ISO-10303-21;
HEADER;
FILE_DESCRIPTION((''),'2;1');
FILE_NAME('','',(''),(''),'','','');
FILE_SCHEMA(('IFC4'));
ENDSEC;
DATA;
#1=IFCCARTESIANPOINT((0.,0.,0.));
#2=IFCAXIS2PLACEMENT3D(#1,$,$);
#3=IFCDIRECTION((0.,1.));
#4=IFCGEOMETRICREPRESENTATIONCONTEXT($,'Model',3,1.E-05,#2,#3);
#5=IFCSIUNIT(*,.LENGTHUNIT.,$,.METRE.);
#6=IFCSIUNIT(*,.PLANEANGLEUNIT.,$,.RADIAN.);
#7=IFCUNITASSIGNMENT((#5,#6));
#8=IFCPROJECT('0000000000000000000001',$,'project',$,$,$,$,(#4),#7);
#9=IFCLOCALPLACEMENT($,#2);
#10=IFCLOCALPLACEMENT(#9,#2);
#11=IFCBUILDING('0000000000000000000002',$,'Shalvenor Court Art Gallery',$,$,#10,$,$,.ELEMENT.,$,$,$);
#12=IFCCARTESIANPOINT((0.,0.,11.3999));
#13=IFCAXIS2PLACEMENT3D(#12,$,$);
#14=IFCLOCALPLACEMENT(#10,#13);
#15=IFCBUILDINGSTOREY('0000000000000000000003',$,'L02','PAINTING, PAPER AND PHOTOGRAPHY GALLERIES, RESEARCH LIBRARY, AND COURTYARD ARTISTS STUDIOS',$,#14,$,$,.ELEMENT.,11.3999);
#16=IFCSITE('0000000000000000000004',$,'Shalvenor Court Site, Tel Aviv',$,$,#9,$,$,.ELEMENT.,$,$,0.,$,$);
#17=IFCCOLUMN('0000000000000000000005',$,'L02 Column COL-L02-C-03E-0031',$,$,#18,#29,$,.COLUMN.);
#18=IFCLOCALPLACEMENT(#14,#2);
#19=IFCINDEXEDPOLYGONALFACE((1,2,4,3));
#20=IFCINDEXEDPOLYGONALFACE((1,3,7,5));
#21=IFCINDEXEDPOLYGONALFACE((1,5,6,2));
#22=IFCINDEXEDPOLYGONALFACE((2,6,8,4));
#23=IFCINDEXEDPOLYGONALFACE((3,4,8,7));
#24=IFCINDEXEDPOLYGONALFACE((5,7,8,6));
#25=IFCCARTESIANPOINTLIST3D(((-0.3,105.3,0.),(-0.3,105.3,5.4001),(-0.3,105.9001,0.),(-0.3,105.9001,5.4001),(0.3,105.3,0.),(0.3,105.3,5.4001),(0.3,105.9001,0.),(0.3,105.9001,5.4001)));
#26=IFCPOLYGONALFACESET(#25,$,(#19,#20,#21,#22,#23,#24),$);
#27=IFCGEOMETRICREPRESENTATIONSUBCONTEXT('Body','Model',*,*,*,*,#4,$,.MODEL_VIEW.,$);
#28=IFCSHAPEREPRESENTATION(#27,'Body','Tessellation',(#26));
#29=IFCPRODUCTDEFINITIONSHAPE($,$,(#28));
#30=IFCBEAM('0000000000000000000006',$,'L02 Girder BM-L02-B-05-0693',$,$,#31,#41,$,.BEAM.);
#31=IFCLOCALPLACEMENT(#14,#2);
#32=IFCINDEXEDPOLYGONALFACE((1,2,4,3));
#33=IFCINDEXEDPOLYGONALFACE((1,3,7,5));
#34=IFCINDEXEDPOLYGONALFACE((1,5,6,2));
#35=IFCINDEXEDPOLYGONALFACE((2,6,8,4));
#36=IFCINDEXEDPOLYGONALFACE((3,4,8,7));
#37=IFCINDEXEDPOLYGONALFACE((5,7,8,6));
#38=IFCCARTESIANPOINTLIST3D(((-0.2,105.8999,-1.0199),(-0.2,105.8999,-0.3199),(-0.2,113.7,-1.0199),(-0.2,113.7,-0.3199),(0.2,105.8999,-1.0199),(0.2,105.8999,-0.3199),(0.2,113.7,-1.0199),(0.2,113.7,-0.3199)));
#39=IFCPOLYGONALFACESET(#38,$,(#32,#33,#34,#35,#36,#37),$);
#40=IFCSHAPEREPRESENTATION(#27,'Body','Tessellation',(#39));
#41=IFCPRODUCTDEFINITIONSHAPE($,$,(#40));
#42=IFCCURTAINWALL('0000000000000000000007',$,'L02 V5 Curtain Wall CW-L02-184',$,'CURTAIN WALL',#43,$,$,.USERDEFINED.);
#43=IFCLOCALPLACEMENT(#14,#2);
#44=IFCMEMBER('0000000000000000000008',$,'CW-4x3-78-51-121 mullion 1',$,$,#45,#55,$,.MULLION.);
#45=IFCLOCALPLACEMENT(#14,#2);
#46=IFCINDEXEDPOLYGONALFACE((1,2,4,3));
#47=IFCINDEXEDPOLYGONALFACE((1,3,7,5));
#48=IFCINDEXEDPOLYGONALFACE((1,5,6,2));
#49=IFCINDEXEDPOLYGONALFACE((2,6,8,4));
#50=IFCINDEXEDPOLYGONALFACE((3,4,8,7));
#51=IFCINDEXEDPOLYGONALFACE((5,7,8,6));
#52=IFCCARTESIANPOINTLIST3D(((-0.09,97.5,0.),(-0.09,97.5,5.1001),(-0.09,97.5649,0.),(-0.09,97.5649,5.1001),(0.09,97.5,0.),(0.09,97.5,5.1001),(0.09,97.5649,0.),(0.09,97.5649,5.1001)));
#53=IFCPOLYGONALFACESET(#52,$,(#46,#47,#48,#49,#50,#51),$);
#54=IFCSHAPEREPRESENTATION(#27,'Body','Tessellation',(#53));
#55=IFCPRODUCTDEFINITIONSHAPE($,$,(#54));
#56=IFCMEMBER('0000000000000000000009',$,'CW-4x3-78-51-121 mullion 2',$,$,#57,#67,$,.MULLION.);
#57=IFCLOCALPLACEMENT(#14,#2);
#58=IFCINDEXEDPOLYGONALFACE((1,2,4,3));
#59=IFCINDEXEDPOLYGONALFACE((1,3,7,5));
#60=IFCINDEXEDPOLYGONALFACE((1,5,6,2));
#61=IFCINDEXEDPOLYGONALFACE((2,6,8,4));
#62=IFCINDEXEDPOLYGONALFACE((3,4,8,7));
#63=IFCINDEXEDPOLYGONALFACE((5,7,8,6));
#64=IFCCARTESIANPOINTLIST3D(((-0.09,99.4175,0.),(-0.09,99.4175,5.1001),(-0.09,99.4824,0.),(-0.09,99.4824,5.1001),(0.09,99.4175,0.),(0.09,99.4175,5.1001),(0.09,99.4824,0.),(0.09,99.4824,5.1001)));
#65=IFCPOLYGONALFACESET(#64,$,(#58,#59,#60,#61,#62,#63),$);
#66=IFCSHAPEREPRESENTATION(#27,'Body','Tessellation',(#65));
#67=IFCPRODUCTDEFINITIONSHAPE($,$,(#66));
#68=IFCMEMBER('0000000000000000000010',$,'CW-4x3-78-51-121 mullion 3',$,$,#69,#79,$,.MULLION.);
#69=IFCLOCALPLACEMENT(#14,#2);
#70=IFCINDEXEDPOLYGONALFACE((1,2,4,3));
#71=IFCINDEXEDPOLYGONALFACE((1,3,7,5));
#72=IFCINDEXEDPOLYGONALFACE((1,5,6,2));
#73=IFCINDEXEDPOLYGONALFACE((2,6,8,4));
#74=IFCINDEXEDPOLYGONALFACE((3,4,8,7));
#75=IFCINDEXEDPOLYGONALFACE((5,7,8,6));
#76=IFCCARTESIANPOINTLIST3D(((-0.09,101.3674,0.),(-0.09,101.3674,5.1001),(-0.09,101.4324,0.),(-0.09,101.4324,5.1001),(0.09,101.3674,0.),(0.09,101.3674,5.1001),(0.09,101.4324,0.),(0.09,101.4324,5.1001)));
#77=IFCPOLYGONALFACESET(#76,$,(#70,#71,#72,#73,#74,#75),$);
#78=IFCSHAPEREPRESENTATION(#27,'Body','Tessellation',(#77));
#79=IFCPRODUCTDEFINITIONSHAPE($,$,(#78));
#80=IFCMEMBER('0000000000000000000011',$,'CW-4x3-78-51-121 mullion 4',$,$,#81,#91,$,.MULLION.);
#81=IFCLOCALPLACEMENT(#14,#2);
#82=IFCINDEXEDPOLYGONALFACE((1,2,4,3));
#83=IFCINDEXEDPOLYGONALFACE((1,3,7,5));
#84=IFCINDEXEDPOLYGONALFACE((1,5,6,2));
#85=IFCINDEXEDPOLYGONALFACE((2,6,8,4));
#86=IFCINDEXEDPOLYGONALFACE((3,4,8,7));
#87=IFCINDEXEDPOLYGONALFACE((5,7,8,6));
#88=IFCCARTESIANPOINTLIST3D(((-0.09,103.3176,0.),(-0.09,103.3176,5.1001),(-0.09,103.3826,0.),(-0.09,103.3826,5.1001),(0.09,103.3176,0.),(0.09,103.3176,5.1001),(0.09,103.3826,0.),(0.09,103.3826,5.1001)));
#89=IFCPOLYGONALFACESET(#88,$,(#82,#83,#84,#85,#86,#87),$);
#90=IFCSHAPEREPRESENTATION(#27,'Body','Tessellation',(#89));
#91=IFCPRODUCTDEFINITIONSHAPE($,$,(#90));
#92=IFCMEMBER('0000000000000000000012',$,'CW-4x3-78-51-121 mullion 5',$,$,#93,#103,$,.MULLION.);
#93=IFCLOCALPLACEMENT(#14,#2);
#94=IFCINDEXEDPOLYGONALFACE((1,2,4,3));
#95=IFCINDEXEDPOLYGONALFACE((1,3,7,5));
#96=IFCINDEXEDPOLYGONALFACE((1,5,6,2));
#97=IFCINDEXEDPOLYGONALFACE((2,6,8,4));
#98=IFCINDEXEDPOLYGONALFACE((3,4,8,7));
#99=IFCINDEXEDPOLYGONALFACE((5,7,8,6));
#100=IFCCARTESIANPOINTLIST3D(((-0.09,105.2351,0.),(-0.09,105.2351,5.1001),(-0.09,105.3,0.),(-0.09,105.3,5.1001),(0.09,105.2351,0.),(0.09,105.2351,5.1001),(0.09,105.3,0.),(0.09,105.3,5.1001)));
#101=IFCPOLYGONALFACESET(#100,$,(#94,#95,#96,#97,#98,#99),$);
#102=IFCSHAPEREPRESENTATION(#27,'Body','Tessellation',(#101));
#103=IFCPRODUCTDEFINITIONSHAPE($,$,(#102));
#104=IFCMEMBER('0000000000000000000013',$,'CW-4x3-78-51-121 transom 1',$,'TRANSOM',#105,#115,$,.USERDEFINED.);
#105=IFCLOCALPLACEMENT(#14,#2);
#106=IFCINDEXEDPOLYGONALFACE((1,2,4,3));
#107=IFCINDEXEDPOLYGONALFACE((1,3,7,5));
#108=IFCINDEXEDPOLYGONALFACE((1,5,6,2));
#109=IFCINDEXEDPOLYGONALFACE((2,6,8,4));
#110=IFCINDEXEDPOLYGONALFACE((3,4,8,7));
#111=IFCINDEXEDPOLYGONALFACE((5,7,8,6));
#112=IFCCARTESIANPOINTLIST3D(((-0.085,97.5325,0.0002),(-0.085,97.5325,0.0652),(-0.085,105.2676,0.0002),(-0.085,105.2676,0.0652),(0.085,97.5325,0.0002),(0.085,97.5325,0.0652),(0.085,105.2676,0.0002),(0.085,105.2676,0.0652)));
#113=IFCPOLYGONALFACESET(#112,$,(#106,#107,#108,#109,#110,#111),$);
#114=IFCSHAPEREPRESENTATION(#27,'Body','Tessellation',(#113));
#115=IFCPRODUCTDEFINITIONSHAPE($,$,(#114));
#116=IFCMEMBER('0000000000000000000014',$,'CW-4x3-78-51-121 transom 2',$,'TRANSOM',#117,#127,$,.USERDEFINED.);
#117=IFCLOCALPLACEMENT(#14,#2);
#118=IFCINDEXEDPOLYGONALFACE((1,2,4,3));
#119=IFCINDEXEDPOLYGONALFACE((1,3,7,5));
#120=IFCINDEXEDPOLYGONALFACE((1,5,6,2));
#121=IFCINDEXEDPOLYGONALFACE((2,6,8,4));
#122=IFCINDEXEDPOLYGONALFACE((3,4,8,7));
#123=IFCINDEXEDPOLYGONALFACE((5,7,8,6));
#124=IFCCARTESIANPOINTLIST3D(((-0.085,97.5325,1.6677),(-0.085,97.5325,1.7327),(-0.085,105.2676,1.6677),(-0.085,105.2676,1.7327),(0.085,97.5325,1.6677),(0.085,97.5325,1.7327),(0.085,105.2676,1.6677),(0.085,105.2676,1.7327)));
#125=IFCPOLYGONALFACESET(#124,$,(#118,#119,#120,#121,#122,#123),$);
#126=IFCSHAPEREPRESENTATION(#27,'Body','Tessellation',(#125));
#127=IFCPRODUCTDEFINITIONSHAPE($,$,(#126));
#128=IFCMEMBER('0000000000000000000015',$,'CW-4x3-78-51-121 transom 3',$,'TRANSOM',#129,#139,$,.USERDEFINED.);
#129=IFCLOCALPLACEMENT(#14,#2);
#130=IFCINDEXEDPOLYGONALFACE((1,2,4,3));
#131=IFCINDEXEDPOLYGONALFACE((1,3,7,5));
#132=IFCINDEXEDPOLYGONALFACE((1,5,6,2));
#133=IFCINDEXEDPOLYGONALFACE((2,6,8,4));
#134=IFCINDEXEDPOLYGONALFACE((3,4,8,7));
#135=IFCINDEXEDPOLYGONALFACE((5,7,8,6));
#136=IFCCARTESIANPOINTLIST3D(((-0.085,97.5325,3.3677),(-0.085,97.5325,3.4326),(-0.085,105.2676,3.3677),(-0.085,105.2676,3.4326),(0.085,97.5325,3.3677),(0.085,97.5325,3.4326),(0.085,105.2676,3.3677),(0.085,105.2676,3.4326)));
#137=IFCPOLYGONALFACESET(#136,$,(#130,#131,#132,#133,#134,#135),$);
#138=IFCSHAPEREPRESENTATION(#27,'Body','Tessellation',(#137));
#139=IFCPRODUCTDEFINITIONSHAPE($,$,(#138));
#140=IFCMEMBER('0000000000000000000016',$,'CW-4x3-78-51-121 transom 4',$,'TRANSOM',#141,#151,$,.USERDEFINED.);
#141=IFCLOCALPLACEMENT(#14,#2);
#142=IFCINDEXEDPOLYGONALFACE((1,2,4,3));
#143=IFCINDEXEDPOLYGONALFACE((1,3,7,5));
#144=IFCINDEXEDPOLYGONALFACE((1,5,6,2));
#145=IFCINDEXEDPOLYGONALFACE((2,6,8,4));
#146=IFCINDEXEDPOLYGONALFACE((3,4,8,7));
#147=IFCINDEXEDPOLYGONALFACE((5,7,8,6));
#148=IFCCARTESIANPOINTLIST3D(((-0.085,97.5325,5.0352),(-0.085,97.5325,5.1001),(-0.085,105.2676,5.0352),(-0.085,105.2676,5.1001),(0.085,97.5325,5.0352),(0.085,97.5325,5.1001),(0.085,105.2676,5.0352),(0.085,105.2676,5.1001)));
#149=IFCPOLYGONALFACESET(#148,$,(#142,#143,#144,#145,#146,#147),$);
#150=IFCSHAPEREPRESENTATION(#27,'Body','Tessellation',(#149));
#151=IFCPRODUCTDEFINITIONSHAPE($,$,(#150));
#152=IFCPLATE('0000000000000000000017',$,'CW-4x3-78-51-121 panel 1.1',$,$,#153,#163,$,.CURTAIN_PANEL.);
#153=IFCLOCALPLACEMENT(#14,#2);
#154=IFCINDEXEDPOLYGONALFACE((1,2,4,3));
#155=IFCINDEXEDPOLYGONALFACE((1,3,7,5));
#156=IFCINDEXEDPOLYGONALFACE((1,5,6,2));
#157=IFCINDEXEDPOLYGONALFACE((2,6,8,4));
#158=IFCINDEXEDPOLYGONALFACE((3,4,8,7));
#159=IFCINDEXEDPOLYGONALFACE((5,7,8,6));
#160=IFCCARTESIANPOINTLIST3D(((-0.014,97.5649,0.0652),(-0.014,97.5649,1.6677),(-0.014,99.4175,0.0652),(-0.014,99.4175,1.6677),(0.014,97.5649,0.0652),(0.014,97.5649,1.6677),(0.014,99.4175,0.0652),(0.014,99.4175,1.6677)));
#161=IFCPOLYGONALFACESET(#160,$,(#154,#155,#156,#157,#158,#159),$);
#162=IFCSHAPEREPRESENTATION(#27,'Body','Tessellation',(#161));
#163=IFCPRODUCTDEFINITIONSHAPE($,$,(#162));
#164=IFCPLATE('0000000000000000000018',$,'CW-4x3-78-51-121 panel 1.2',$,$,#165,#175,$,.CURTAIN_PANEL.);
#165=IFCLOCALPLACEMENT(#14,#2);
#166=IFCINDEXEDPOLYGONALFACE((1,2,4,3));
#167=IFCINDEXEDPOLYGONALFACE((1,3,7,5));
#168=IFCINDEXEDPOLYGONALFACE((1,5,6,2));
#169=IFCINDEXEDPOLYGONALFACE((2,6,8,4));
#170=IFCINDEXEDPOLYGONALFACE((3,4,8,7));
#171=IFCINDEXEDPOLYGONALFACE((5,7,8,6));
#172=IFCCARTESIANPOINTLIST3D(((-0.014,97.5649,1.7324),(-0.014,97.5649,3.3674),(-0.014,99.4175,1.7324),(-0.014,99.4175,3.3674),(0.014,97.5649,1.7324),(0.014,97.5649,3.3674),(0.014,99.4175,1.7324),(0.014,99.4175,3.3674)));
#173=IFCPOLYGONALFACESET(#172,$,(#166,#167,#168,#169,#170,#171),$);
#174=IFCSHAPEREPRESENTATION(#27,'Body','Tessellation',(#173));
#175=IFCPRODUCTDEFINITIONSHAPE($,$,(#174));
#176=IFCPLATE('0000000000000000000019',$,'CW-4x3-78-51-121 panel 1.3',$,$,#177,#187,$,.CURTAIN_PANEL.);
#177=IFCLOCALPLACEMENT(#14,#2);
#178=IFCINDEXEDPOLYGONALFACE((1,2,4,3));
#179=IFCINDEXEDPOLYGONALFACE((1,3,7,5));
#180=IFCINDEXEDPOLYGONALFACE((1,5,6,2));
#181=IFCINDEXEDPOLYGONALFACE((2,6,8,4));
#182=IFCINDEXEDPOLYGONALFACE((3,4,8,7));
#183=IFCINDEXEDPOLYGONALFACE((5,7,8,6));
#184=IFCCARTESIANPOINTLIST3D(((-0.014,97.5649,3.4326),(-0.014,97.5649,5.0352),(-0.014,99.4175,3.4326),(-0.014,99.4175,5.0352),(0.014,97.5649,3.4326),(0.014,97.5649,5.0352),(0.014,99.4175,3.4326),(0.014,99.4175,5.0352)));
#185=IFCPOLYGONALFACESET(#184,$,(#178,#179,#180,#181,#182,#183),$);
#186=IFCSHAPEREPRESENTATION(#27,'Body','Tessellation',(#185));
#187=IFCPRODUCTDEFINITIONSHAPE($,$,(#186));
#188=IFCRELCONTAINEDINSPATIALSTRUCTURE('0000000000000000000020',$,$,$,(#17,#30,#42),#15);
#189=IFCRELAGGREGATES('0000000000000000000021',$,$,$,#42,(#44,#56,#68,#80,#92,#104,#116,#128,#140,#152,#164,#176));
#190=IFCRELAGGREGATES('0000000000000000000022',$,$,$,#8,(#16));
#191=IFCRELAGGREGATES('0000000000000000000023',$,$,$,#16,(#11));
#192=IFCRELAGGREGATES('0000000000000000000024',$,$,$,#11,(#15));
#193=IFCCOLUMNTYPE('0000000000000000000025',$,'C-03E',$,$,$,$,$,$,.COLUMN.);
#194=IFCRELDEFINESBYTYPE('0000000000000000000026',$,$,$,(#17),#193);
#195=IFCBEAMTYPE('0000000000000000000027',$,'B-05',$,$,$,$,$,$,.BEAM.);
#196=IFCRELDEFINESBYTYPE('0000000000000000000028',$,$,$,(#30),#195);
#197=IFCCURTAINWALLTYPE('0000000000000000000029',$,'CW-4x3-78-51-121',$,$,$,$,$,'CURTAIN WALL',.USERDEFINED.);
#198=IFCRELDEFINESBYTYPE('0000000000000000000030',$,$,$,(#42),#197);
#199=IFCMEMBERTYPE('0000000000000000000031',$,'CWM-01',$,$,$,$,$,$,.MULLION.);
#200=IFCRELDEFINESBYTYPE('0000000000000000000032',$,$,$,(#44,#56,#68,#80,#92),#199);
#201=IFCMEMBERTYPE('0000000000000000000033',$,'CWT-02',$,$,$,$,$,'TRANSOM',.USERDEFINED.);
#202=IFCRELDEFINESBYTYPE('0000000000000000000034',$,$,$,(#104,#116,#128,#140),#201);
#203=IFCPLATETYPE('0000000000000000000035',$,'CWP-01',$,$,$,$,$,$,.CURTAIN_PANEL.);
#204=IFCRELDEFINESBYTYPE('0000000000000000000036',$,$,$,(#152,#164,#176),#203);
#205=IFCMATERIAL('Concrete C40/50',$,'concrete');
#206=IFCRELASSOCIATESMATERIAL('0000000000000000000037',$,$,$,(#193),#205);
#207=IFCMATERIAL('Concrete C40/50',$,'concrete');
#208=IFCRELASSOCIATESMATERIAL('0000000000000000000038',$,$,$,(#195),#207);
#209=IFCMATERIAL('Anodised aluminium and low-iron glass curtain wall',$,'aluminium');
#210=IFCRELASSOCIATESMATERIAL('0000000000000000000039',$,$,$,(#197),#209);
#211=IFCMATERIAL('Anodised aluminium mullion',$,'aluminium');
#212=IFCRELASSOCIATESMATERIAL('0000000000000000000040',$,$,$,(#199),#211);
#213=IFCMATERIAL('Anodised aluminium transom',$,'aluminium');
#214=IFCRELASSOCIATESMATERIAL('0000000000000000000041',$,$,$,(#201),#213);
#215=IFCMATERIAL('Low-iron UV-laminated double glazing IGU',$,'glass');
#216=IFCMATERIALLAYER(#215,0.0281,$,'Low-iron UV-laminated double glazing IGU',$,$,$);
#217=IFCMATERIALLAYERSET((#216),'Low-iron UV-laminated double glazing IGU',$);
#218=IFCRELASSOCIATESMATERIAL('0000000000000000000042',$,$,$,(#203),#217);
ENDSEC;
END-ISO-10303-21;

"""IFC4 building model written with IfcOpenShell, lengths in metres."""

from ifc_helpers import new_model, si_unit, direction, frame, origin, origin_2d, place, context, subcontext, project, spatial, rectangle, extrude, material, layer, layer_set, material_profile, profile_set, type_object, element, aggregate, save


model = new_model("IFC4")

# Units and contexts
model_context = context("Model", 3, precision=1e-05, world=origin(), true_north=direction((0.0, 1.0)))
body_context = subcontext(model_context, "Body", "Model", "MODEL_VIEW")
ifc_project = project(units=[si_unit("LENGTHUNIT", "METRE"), si_unit("PLANEANGLEUNIT", "RADIAN")], contexts=[model_context])

# Site, building, storey
site_placement = place(None, origin())
site = spatial("IfcSite", under=ifc_project, at=site_placement, Name="Shalvenor Court Site, Tel Aviv", CompositionType="ELEMENT", RefElevation=0.0)
building_placement = place(site_placement, origin())
building = spatial("IfcBuilding", under=site, at=building_placement, Name="Shalvenor Court Art Gallery", CompositionType="ELEMENT")
storey_placement = place(building_placement, frame((0.0, 0.0, 11.3999)))
storey = spatial("IfcBuildingStorey", under=building, at=storey_placement, Name="L02", Description="PAINTING, PAPER AND PHOTOGRAPHY GALLERIES, RESEARCH LIBRARY, AND COURTYARD ARTISTS STUDIOS", CompositionType="ELEMENT", Elevation=11.3999)

# Column
ifc_material_1 = material(Name="Concrete C40/50", Category="concrete")
ifc_material_profile_1 = material_profile(ifc_material_1, rectangle(XDim=0.6001, YDim=0.6001, at=origin_2d()), Name="RC 600x600")
ifc_profile_set_1 = profile_set([ifc_material_profile_1], Name="Concrete C40/50")
column_type = type_object("IfcColumnType", Name="C-03E", PredefinedType="COLUMN", material=ifc_profile_set_1)
column_placement = place(storey_placement, frame((0.0, 105.6001, 0.0), z_axis=(0.0, 0.0, 1.0), x_axis=(1.0, 0.0, 0.0)))
element("IfcColumn", 1, at=column_placement, inside=storey, type_object=column_type, Name="L02 Column COL-L02-C-03E-0031", PredefinedType="COLUMN", context=body_context, shape_type="SweptSolid", body=[
    extrude(rectangle(XDim=0.6001, YDim=0.6001, at=origin_2d()), origin(), (0.0, 0.0, 1.0), 5.4001),
])

# Beam
ifc_material_2 = material(Name="Concrete C40/50", Category="concrete")
ifc_material_profile_2 = material_profile(ifc_material_2, rectangle(XDim=0.3999, YDim=0.7, at=origin_2d()), Name="RC 400x700")
ifc_profile_set_2 = profile_set([ifc_material_profile_2], Name="Concrete C40/50")
beam_type = type_object("IfcBeamType", Name="B-05", PredefinedType="BEAM", material=ifc_profile_set_2)
beam_placement = place(storey_placement, frame((0.0, 105.8999, -0.6699), z_axis=(0.0, 1.0, 0.0), x_axis=(-1.0, 0.0, 0.0)))
element("IfcBeam", 2, at=beam_placement, inside=storey, type_object=beam_type, Name="L02 Girder BM-L02-B-05-0693", PredefinedType="BEAM", context=body_context, shape_type="SweptSolid", body=[
    extrude(rectangle(XDim=0.3999, YDim=0.7, at=origin_2d()), origin(), (0.0, 0.0, 1.0), 7.8),
])

# Curtain wall, members, plates
ifc_material_3 = material(Name="Anodised aluminium and low-iron glass curtain wall", Category="aluminium")
curtain_wall_type = type_object("IfcCurtainWallType", Name="CW-4x3-78-51-121", ElementType="CURTAIN WALL", PredefinedType="USERDEFINED", material=ifc_material_3)
curtain_wall_placement = place(storey_placement, origin())
curtain_wall = element("IfcCurtainWall", 3, at=curtain_wall_placement, inside=storey, type_object=curtain_wall_type, Name="L02 V5 Curtain Wall CW-L02-184", ObjectType="CURTAIN WALL", PredefinedType="USERDEFINED")
ifc_material_4 = material(Name="Anodised aluminium mullion", Category="aluminium")
ifc_material_profile_3 = material_profile(ifc_material_4, rectangle(XDim=0.0649, YDim=0.1799, at=origin_2d()), Name="CWM-01")
ifc_profile_set_3 = profile_set([ifc_material_profile_3], Name="Anodised aluminium mullion")
member_type_1 = type_object("IfcMemberType", Name="CWM-01", PredefinedType="MULLION", material=ifc_profile_set_3)
member_1_placement = place(storey_placement, frame((0.0, 97.5325, 0.0), z_axis=(0.0, 0.0, 1.0), x_axis=(0.0, 1.0, 0.0)))
member_1 = element("IfcMember", 4, at=member_1_placement, type_object=member_type_1, Name="CW-4x3-78-51-121 mullion 1", PredefinedType="MULLION", context=body_context, shape_type="SweptSolid", body=[
    extrude(rectangle(XDim=0.0649, YDim=0.1799, at=origin_2d()), origin(), (0.0, 0.0, 1.0), 5.1001),
])
member_2_placement = place(storey_placement, frame((0.0, 99.45, 0.0), z_axis=(0.0, 0.0, 1.0), x_axis=(0.0, 1.0, 0.0)))
member_2 = element("IfcMember", 5, at=member_2_placement, type_object=member_type_1, Name="CW-4x3-78-51-121 mullion 2", PredefinedType="MULLION", context=body_context, shape_type="SweptSolid", body=[
    extrude(rectangle(XDim=0.0649, YDim=0.1799, at=origin_2d()), origin(), (0.0, 0.0, 1.0), 5.1001),
])
member_3_placement = place(storey_placement, frame((0.0, 101.3999, 0.0), z_axis=(0.0, 0.0, 1.0), x_axis=(0.0, 1.0, 0.0)))
member_3 = element("IfcMember", 6, at=member_3_placement, type_object=member_type_1, Name="CW-4x3-78-51-121 mullion 3", PredefinedType="MULLION", context=body_context, shape_type="SweptSolid", body=[
    extrude(rectangle(XDim=0.0649, YDim=0.1799, at=origin_2d()), origin(), (0.0, 0.0, 1.0), 5.1001),
])
member_4_placement = place(storey_placement, frame((0.0, 103.3501, 0.0), z_axis=(0.0, 0.0, 1.0), x_axis=(0.0, 1.0, 0.0)))
member_4 = element("IfcMember", 7, at=member_4_placement, type_object=member_type_1, Name="CW-4x3-78-51-121 mullion 4", PredefinedType="MULLION", context=body_context, shape_type="SweptSolid", body=[
    extrude(rectangle(XDim=0.0649, YDim=0.1799, at=origin_2d()), origin(), (0.0, 0.0, 1.0), 5.1001),
])
member_5_placement = place(storey_placement, frame((0.0, 105.2676, 0.0), z_axis=(0.0, 0.0, 1.0), x_axis=(0.0, 1.0, 0.0)))
member_5 = element("IfcMember", 8, at=member_5_placement, type_object=member_type_1, Name="CW-4x3-78-51-121 mullion 5", PredefinedType="MULLION", context=body_context, shape_type="SweptSolid", body=[
    extrude(rectangle(XDim=0.0649, YDim=0.1799, at=origin_2d()), origin(), (0.0, 0.0, 1.0), 5.1001),
])
ifc_material_5 = material(Name="Anodised aluminium transom", Category="aluminium")
ifc_material_profile_4 = material_profile(ifc_material_5, rectangle(XDim=0.1699, YDim=0.0649, at=origin_2d()), Name="CWT-02")
ifc_profile_set_4 = profile_set([ifc_material_profile_4], Name="Anodised aluminium transom")
member_type_2 = type_object("IfcMemberType", Name="CWT-02", ElementType="TRANSOM", PredefinedType="USERDEFINED", material=ifc_profile_set_4)
member_6_placement = place(storey_placement, frame((0.0, 97.5325, 0.0327), z_axis=(0.0, 1.0, 0.0), x_axis=(-1.0, 0.0, 0.0)))
member_6 = element("IfcMember", 9, at=member_6_placement, type_object=member_type_2, Name="CW-4x3-78-51-121 transom 1", ObjectType="TRANSOM", PredefinedType="USERDEFINED", context=body_context, shape_type="SweptSolid", body=[
    extrude(rectangle(XDim=0.1699, YDim=0.0649, at=origin_2d()), origin(), (0.0, 0.0, 1.0), 7.7351),
])
member_7_placement = place(storey_placement, frame((0.0, 97.5325, 1.7002), z_axis=(0.0, 1.0, 0.0), x_axis=(-1.0, 0.0, 0.0)))
member_7 = element("IfcMember", 10, at=member_7_placement, type_object=member_type_2, Name="CW-4x3-78-51-121 transom 2", ObjectType="TRANSOM", PredefinedType="USERDEFINED", context=body_context, shape_type="SweptSolid", body=[
    extrude(rectangle(XDim=0.1699, YDim=0.0649, at=origin_2d()), origin(), (0.0, 0.0, 1.0), 7.7351),
])
member_8_placement = place(storey_placement, frame((0.0, 97.5325, 3.4001), z_axis=(0.0, 1.0, 0.0), x_axis=(-1.0, 0.0, 0.0)))
member_8 = element("IfcMember", 11, at=member_8_placement, type_object=member_type_2, Name="CW-4x3-78-51-121 transom 3", ObjectType="TRANSOM", PredefinedType="USERDEFINED", context=body_context, shape_type="SweptSolid", body=[
    extrude(rectangle(XDim=0.1699, YDim=0.0649, at=origin_2d()), origin(), (0.0, 0.0, 1.0), 7.7351),
])
member_9_placement = place(storey_placement, frame((0.0, 97.5325, 5.0676), z_axis=(0.0, 1.0, 0.0), x_axis=(-1.0, 0.0, 0.0)))
member_9 = element("IfcMember", 12, at=member_9_placement, type_object=member_type_2, Name="CW-4x3-78-51-121 transom 4", ObjectType="TRANSOM", PredefinedType="USERDEFINED", context=body_context, shape_type="SweptSolid", body=[
    extrude(rectangle(XDim=0.1699, YDim=0.0649, at=origin_2d()), origin(), (0.0, 0.0, 1.0), 7.7351),
])
ifc_material_6 = material(Name="Low-iron UV-laminated double glazing IGU", Category="glass")
ifc_layer_1 = layer(ifc_material_6, 0.0281, Name="Low-iron UV-laminated double glazing IGU")
ifc_layer_set_1 = layer_set([ifc_layer_1], Name="Low-iron UV-laminated double glazing IGU")
plate_type_1 = type_object("IfcPlateType", Name="CWP-01", PredefinedType="CURTAIN_PANEL", material=ifc_layer_set_1)
plate_1_placement = place(storey_placement, frame((0.0, 98.4912, 0.0652), z_axis=(0.0, 0.0, 1.0), x_axis=(0.0, 1.0, 0.0)))
plate_1 = element("IfcPlate", 13, at=plate_1_placement, type_object=plate_type_1, Name="CW-4x3-78-51-121 panel 1.1", PredefinedType="CURTAIN_PANEL", context=body_context, shape_type="SweptSolid", body=[
    extrude(rectangle(XDim=1.8525, YDim=0.0281, at=origin_2d()), origin(), (0.0, 0.0, 1.0), 1.6025),
])
plate_2_placement = place(storey_placement, frame((0.0, 98.4912, 1.7324), z_axis=(0.0, 0.0, 1.0), x_axis=(0.0, 1.0, 0.0)))
plate_2 = element("IfcPlate", 14, at=plate_2_placement, type_object=plate_type_1, Name="CW-4x3-78-51-121 panel 1.2", PredefinedType="CURTAIN_PANEL", context=body_context, shape_type="SweptSolid", body=[
    extrude(rectangle(XDim=1.8525, YDim=0.0281, at=origin_2d()), origin(), (0.0, 0.0, 1.0), 1.635),
])
plate_3_placement = place(storey_placement, frame((0.0, 98.4912, 3.4326), z_axis=(0.0, 0.0, 1.0), x_axis=(0.0, 1.0, 0.0)))
plate_3 = element("IfcPlate", 15, at=plate_3_placement, type_object=plate_type_1, Name="CW-4x3-78-51-121 panel 1.3", PredefinedType="CURTAIN_PANEL", context=body_context, shape_type="SweptSolid", body=[
    extrude(rectangle(XDim=1.8525, YDim=0.0281, at=origin_2d()), origin(), (0.0, 0.0, 1.0), 1.6025),
])
aggregate(curtain_wall, [member_1, member_2, member_3, member_4, member_5, member_6, member_7, member_8, member_9, plate_1, plate_2, plate_3])

save(model, "model.ifc")
